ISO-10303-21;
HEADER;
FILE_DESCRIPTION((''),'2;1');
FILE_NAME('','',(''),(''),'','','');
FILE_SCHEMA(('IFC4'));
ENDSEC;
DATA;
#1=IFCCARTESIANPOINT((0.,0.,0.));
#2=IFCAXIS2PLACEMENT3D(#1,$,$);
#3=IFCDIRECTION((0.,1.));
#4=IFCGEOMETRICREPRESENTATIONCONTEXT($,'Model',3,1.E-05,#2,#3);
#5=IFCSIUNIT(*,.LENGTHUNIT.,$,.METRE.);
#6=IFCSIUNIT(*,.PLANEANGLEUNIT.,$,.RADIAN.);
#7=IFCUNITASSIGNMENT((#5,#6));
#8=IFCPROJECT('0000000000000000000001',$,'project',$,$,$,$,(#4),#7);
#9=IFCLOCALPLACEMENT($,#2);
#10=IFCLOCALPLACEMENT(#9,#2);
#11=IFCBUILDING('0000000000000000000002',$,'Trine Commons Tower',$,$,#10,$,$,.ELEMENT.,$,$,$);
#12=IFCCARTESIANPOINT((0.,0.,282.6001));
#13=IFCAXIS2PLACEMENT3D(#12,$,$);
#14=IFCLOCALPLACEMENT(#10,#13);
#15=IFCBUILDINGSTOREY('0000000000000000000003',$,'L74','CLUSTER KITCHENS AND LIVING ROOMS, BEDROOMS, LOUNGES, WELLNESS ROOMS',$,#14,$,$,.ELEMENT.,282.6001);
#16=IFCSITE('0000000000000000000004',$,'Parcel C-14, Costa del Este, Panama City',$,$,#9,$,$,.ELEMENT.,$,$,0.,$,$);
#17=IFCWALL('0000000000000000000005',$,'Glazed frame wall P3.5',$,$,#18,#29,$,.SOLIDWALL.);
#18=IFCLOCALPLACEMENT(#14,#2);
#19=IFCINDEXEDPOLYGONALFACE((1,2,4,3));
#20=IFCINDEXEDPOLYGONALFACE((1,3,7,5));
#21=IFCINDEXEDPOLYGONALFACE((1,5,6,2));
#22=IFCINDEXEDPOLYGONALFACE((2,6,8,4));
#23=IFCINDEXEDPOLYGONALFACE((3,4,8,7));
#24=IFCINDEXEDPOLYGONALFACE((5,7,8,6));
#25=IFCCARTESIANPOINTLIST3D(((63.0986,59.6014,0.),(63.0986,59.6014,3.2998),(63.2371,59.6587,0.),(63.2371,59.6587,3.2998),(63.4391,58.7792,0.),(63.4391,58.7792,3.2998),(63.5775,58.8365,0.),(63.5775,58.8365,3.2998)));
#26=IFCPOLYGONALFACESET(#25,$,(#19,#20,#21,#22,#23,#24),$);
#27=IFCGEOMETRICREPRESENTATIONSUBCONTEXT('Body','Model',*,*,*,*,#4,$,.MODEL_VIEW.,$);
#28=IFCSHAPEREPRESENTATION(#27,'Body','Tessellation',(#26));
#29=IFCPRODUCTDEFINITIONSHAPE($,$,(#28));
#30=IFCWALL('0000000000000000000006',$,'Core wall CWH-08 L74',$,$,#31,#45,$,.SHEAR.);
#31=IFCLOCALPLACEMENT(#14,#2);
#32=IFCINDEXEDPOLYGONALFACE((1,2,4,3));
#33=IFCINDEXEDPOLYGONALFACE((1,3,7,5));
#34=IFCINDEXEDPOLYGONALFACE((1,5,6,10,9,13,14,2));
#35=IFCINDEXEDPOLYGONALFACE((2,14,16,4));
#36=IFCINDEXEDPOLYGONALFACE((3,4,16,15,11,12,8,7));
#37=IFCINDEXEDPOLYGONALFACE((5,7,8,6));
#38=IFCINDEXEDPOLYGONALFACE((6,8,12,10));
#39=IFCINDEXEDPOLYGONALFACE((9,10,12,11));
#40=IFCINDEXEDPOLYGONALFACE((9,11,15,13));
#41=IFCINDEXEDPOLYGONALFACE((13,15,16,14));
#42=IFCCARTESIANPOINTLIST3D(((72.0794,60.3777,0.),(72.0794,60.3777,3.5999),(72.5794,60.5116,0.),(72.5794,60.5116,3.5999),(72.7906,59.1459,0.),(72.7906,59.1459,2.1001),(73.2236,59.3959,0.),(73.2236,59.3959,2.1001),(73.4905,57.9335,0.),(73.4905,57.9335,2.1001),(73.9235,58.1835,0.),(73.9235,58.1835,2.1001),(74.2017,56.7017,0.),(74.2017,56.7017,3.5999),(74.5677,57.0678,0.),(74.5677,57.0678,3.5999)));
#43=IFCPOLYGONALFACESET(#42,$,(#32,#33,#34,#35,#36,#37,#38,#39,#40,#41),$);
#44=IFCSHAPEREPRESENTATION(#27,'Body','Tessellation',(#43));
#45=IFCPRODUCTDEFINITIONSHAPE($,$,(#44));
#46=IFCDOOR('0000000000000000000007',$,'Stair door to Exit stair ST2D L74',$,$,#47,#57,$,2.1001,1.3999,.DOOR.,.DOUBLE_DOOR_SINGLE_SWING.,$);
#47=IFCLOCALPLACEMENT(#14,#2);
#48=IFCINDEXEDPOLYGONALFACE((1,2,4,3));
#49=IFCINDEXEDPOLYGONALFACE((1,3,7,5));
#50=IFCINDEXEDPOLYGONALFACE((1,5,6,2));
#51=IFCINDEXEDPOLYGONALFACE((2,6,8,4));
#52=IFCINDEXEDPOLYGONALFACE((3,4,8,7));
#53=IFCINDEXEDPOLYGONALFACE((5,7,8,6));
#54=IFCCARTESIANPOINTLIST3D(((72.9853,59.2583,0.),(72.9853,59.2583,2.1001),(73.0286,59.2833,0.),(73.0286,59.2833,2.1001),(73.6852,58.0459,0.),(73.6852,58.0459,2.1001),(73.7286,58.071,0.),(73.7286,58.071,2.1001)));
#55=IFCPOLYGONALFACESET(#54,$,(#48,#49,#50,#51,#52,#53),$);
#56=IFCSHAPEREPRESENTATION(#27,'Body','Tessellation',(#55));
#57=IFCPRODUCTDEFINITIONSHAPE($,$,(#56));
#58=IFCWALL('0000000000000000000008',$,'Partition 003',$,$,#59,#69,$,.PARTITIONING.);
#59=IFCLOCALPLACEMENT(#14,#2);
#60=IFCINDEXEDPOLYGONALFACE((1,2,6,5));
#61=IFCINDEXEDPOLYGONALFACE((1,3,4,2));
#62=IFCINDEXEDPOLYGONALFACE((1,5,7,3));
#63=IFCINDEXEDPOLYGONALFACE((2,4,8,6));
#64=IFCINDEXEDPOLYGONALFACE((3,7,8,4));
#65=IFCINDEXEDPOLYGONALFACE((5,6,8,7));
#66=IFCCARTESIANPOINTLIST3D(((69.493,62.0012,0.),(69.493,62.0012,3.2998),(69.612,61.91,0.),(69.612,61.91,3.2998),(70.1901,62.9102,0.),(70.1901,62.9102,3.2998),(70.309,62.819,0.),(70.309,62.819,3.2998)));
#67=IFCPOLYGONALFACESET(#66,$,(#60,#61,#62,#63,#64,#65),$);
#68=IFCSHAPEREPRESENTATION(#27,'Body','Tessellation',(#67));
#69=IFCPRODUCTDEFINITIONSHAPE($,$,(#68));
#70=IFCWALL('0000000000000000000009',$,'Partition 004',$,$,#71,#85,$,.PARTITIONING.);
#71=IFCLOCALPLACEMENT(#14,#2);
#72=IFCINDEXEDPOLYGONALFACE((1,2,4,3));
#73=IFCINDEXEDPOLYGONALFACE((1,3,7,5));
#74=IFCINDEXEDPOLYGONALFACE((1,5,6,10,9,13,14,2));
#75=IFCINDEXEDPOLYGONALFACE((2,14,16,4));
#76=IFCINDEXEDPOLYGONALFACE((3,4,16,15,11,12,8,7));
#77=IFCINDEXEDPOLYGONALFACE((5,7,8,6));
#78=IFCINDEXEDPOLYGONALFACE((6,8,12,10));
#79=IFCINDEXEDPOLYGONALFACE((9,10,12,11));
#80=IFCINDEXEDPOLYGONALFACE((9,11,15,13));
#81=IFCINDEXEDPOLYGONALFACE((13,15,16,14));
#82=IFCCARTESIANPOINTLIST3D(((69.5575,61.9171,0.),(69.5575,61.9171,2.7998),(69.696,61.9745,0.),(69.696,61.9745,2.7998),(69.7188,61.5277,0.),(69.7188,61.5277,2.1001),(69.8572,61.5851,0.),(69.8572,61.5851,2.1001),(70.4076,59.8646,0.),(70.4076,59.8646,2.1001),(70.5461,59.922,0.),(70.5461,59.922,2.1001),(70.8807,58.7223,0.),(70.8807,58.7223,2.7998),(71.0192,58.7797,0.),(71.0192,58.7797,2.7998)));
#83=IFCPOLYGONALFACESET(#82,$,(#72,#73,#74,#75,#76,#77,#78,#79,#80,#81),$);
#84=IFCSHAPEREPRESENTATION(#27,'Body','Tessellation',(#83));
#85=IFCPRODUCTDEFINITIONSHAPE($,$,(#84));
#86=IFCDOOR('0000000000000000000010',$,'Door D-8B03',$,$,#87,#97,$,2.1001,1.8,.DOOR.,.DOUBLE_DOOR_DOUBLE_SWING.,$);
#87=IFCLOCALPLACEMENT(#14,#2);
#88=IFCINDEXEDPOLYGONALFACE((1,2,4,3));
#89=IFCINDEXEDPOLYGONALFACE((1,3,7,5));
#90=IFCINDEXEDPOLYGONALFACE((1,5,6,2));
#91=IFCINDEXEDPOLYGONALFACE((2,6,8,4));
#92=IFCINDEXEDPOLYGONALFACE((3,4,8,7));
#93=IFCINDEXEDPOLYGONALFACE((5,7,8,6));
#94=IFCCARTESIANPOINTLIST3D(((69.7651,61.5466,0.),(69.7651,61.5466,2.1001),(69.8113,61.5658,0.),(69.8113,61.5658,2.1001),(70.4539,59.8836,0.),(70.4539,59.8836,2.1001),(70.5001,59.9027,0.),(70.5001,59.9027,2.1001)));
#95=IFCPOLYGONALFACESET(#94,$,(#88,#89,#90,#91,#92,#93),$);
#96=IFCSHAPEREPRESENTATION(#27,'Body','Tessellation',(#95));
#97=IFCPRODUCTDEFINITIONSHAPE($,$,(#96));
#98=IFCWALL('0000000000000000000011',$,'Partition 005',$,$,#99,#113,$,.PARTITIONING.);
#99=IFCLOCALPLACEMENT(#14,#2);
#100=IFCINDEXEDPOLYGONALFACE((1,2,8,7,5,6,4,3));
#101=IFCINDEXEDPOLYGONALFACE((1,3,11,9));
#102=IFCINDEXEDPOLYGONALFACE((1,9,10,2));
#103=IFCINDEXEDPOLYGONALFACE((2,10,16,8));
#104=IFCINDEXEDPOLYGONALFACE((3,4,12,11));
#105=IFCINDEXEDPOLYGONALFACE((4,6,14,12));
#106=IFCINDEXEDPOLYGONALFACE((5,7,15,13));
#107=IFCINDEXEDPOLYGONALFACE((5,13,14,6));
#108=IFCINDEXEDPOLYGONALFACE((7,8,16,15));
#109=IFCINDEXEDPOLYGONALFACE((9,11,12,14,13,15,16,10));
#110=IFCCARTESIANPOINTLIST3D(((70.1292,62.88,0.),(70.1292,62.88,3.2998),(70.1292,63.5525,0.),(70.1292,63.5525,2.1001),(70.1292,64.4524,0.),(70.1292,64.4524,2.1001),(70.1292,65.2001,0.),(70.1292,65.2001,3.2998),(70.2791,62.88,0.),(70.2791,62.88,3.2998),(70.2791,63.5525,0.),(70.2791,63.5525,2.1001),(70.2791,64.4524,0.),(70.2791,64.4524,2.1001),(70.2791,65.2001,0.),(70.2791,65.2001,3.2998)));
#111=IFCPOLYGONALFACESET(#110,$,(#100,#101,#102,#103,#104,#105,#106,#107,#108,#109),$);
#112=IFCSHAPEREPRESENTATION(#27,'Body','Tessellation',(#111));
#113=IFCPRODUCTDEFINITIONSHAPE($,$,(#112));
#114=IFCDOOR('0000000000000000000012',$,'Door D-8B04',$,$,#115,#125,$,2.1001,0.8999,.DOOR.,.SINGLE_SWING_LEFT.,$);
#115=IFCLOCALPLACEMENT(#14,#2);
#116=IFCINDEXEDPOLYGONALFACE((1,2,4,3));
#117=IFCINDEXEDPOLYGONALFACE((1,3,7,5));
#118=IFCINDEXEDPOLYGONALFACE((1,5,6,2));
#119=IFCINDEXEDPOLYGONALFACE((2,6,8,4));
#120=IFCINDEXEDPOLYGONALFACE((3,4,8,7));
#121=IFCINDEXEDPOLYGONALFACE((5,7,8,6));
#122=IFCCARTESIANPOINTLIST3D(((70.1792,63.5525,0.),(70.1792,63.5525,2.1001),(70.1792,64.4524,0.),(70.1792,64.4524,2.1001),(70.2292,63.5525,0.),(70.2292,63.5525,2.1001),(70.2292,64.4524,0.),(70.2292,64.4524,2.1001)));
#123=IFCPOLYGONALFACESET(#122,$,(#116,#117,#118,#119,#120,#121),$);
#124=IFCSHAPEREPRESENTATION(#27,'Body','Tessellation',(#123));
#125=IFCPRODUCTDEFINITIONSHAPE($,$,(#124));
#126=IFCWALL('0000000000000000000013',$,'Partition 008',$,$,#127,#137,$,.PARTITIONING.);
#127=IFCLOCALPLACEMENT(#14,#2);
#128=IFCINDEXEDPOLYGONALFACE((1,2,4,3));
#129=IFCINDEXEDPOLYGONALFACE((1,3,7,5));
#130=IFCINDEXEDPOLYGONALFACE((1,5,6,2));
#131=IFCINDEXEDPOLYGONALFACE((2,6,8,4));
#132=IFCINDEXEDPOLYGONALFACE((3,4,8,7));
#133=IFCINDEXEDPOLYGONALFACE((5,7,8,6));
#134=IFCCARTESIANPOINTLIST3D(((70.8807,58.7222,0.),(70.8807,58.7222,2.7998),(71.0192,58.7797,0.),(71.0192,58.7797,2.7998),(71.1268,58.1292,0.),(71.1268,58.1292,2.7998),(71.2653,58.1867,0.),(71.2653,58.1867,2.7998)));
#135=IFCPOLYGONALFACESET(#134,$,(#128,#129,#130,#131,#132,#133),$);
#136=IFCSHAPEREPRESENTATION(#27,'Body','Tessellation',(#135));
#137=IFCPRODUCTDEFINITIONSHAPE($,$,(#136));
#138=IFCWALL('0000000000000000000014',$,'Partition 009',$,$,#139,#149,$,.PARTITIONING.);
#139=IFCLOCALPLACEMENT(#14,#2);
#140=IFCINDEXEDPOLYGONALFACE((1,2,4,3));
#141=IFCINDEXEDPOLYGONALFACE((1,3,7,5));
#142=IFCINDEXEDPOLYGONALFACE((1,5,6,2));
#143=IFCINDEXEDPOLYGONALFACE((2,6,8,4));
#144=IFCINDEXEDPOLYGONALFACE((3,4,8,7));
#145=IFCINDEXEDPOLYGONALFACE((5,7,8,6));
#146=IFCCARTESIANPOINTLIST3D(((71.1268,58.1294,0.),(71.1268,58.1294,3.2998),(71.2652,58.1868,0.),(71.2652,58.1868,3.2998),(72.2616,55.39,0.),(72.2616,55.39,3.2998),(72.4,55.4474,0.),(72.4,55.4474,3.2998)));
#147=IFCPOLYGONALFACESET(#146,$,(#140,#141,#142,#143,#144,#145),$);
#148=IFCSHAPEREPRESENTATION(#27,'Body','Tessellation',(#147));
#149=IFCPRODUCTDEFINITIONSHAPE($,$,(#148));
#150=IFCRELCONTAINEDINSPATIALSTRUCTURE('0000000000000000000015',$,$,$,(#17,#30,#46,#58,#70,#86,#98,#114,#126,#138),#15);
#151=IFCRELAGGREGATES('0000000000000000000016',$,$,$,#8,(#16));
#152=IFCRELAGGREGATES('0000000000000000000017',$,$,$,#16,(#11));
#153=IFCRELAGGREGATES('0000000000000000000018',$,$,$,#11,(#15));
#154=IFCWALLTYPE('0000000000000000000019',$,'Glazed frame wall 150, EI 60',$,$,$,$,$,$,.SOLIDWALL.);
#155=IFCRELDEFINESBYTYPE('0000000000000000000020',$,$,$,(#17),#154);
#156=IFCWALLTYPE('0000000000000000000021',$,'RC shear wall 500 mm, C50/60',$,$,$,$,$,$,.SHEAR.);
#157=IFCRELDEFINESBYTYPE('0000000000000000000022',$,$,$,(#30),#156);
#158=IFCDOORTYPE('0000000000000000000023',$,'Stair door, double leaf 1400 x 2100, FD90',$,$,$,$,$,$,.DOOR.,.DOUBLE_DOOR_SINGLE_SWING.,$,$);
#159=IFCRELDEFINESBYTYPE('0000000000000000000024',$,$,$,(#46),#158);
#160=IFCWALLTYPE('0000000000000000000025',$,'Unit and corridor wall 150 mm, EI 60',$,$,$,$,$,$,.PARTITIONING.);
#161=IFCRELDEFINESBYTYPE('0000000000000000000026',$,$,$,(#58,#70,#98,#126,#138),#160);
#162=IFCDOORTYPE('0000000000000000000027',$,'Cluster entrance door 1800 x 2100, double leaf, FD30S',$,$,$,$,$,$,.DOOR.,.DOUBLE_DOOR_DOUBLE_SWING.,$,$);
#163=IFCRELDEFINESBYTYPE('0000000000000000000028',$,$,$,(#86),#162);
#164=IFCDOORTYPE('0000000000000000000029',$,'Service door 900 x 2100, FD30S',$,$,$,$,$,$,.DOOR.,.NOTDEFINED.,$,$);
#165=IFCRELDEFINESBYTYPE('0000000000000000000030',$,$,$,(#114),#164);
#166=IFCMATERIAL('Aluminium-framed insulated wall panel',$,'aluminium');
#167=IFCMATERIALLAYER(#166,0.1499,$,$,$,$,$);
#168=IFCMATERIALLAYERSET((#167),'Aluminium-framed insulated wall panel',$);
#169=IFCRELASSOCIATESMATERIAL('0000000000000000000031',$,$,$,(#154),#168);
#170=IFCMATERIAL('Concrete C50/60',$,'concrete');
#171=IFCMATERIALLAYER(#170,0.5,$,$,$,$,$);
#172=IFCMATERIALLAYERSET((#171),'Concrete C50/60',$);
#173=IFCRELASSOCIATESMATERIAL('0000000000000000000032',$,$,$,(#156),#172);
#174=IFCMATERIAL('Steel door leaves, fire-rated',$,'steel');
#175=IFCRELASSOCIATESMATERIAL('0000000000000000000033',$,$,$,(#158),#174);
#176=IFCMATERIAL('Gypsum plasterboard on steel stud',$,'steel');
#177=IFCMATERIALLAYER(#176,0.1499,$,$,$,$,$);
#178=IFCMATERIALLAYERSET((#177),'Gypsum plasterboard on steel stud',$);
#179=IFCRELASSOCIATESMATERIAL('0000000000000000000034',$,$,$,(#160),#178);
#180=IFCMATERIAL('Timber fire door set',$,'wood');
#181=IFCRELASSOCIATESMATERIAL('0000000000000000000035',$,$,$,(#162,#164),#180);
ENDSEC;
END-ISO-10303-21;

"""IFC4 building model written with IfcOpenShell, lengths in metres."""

from ifc_helpers import new_model, si_unit, direction, frame, frame_2d, origin, place, context, subcontext, project, spatial, polyline, rectangle, outline, extrude, material, layer, layer_set, type_object, element, fill, save


model = new_model("IFC4")

# Units and contexts
model_context = context("Model", 3, precision=1e-05, world=origin(), true_north=direction((0.0, 1.0)))
body_context = subcontext(model_context, "Body", "Model", "MODEL_VIEW")
ifc_project = project(units=[si_unit("LENGTHUNIT", "METRE"), si_unit("PLANEANGLEUNIT", "RADIAN")], contexts=[model_context])

# Site, building, storey
site_placement = place(None, origin())
site = spatial("IfcSite", under=ifc_project, at=site_placement, Name="Parcel C-14, Costa del Este, Panama City", CompositionType="ELEMENT", RefElevation=0.0)
building_placement = place(site_placement, origin())
building = spatial("IfcBuilding", under=site, at=building_placement, Name="Trine Commons Tower", CompositionType="ELEMENT")
storey_placement = place(building_placement, frame((0.0, 0.0, 282.6001)))
storey = spatial("IfcBuildingStorey", under=building, at=storey_placement, Name="L74", Description="CLUSTER KITCHENS AND LIVING ROOMS, BEDROOMS, LOUNGES, WELLNESS ROOMS", CompositionType="ELEMENT", Elevation=282.6001)

# Shared definitions
ifc_material_1 = material(Name="Concrete C50/60", Category="concrete")

# Shared definitions
ifc_material_2 = material(Name="Aluminium-framed insulated wall panel", Category="aluminium")
ifc_layer_1 = layer(ifc_material_2, 0.1499)
ifc_layer_set_1 = layer_set([ifc_layer_1], Name="Aluminium-framed insulated wall panel")
wall_type_1 = type_object("IfcWallType", Name="Glazed frame wall 150, EI 60", PredefinedType="SOLIDWALL", material=ifc_layer_set_1)

# Wall
wall_1_placement = place(storey_placement, frame((63.5083, 58.8079, 0.0), z_axis=(0.0, 0.0, 1.0), x_axis=(-0.382603, 0.923913, 0.0)))
element("IfcWall", 1, at=wall_1_placement, inside=storey, type_object=wall_type_1, Name="Glazed frame wall P3.5", PredefinedType="SOLIDWALL", context=body_context, shape_type="SweptSolid", body=[
    extrude(outline(polyline([(0.8899, 0.075), (0.0, 0.075), (0.0, -0.075), (0.8899, -0.075), (0.8899, 0.075)])), origin(), (0.0, 0.0, 1.0), 3.2998),
])

# Wall, opening, door
ifc_layer_2 = layer(ifc_material_1, 0.5)
ifc_layer_set_2 = layer_set([ifc_layer_2], Name="Concrete C50/60")
wall_type_2 = type_object("IfcWallType", Name="RC shear wall 500 mm, C50/60", PredefinedType="SHEAR", material=ifc_layer_set_2)
wall_2_placement = place(storey_placement, frame((72.2959, 60.5027, 0.0), z_axis=(0.0, 0.0, 1.0), x_axis=(0.499993, -0.866029, 0.0)))
wall_2 = element("IfcWall", 2, at=wall_2_placement, inside=storey, type_object=wall_type_2, Name="Core wall CWH-08 L74", PredefinedType="SHEAR", context=body_context, shape_type="SweptSolid", body=[
    extrude(outline(polyline([(0.0, -0.25), (4.2446, -0.25), (4.1106, 0.25), (0.134, 0.25), (0.0, -0.25)])), origin(), (0.0, 0.0, 1.0), 3.5999),
])
opening_1_placement = place(wall_2_placement, frame((1.4224, 0.0, 0.0)))
opening_1 = element("IfcOpeningElement", 3, at=opening_1_placement, cuts=wall_2, PredefinedType="OPENING", context=body_context, shape_type="SweptSolid", body=[
    extrude(rectangle(XDim=1.3999, YDim=2.1001, at=frame_2d((0.7, 1.05))), frame((0.0, 0.26, 0.0), z_axis=(0.0, -1.0, 0.0), x_axis=(1.0, 0.0, 0.0)), (0.0, 0.0, 1.0), 0.52),
])
ifc_material_3 = material(Name="Steel door leaves, fire-rated", Category="steel")
door_type_1 = type_object("IfcDoorType", Name="Stair door, double leaf 1400 x 2100, FD90", OperationType="DOUBLE_DOOR_SINGLE_SWING", PredefinedType="DOOR", material=ifc_material_3)
door_1_placement = place(opening_1_placement, origin())
door_1 = element("IfcDoor", 4, at=door_1_placement, inside=storey, type_object=door_type_1, Name="Stair door to Exit stair ST2D L74", OperationType="DOUBLE_DOOR_SINGLE_SWING", OverallHeight=2.1001, OverallWidth=1.3999, PredefinedType="DOOR", context=body_context, shape_type="SweptSolid", body=[
    extrude(rectangle(XDim=1.3999, YDim=2.1001, at=frame_2d((0.7, 1.05))), frame((0.0, 0.0249, 0.0), z_axis=(0.0, -1.0, 0.0), x_axis=(1.0, 0.0, 0.0)), (0.0, 0.0, 1.0), 0.05),
])
fill(opening_1, door_1)

# Wall
ifc_material_4 = material(Name="Gypsum plasterboard on steel stud", Category="steel")
ifc_layer_3 = layer(ifc_material_4, 0.1499)
ifc_layer_set_3 = layer_set([ifc_layer_3], Name="Gypsum plasterboard on steel stud")
wall_type_3 = type_object("IfcWallType", Name="Unit and corridor wall 150 mm, EI 60", PredefinedType="PARTITIONING", material=ifc_layer_set_3)
wall_3_placement = place(storey_placement, frame((69.5525, 61.9556, 0.0), z_axis=(0.0, 0.0, 1.0), x_axis=(0.608526, 0.793534, 0.0)))
element("IfcWall", 5, at=wall_3_placement, inside=storey, type_object=wall_type_3, Name="Partition 003", PredefinedType="PARTITIONING", context=body_context, shape_type="SweptSolid", body=[
    extrude(rectangle(XDim=1.1455, YDim=0.1499, at=frame_2d((0.5728, 0.0))), origin(), (0.0, 0.0, 1.0), 3.2998),
])

# Walls, openings, doors
wall_4_placement = place(storey_placement, frame((69.6267, 61.9458, 0.0), z_axis=(0.0, 0.0, 1.0), x_axis=(0.382659, -0.923889, 0.0)))
wall_4 = element("IfcWall", 6, at=wall_4_placement, inside=storey, type_object=wall_type_3, Name="Partition 004", PredefinedType="PARTITIONING", context=body_context, shape_type="SweptSolid", body=[
    extrude(rectangle(XDim=3.458, YDim=0.1499, at=frame_2d((1.729, 0.0))), origin(), (0.0, 0.0, 1.0), 2.7998),
])
opening_2_placement = place(wall_4_placement, frame((0.4216, 0.0, 0.0)))
opening_2 = element("IfcOpeningElement", 7, at=opening_2_placement, cuts=wall_4, PredefinedType="OPENING", context=body_context, shape_type="SweptSolid", body=[
    extrude(rectangle(XDim=1.8, YDim=2.1001, at=frame_2d((0.8999, 1.05))), frame((0.0, 0.085, 0.0), z_axis=(0.0, -1.0, 0.0), x_axis=(1.0, 0.0, 0.0)), (0.0, 0.0, 1.0), 0.1699),
])
ifc_material_5 = material(Name="Timber fire door set", Category="wood")
door_type_2 = type_object("IfcDoorType", Name="Cluster entrance door 1800 x 2100, double leaf, FD30S", OperationType="DOUBLE_DOOR_DOUBLE_SWING", PredefinedType="DOOR", material=ifc_material_5)
door_2_placement = place(opening_2_placement, frame((1.8, 0.0, 0.0), z_axis=(0.0, 0.0, 1.0), x_axis=(-1.0, 0.0, 0.0)))
door_2 = element("IfcDoor", 8, at=door_2_placement, inside=storey, type_object=door_type_2, Name="Door D-8B03", OperationType="DOUBLE_DOOR_DOUBLE_SWING", OverallHeight=2.1001, OverallWidth=1.8, PredefinedType="DOOR", context=body_context, shape_type="SweptSolid", body=[
    extrude(rectangle(XDim=1.8, YDim=2.1001, at=frame_2d((0.8999, 1.05))), frame((0.0, 0.0249, 0.0), z_axis=(0.0, -1.0, 0.0), x_axis=(1.0, 0.0, 0.0)), (0.0, 0.0, 1.0), 0.05),
])
fill(opening_2, door_2)
wall_5_placement = place(storey_placement, frame((70.2041, 62.8799, 0.0), z_axis=(0.0, 0.0, 1.0), x_axis=(0.0, 1.0, 0.0)))
wall_5 = element("IfcWall", 9, at=wall_5_placement, inside=storey, type_object=wall_type_3, Name="Partition 005", PredefinedType="PARTITIONING", context=body_context, shape_type="SweptSolid", body=[
    extrude(rectangle(XDim=2.3201, YDim=0.1499, at=frame_2d((1.1602, 0.0))), origin(), (0.0, 0.0, 1.0), 3.2998),
])
opening_3_placement = place(wall_5_placement, frame((0.6726, 0.0, 0.0)))
opening_3 = element("IfcOpeningElement", 10, at=opening_3_placement, cuts=wall_5, PredefinedType="OPENING", context=body_context, shape_type="SweptSolid", body=[
    extrude(rectangle(XDim=0.8999, YDim=2.1001, at=frame_2d((0.45, 1.05))), frame((0.0, 0.085, 0.0), z_axis=(0.0, -1.0, 0.0), x_axis=(1.0, 0.0, 0.0)), (0.0, 0.0, 1.0), 0.1699),
])
door_type_3 = type_object("IfcDoorType", Name="Service door 900 x 2100, FD30S", OperationType="NOTDEFINED", PredefinedType="DOOR", material=ifc_material_5)
door_3_placement = place(opening_3_placement, origin())
door_3 = element("IfcDoor", 11, at=door_3_placement, inside=storey, type_object=door_type_3, Name="Door D-8B04", OperationType="SINGLE_SWING_LEFT", OverallHeight=2.1001, OverallWidth=0.8999, PredefinedType="DOOR", context=body_context, shape_type="SweptSolid", body=[
    extrude(rectangle(XDim=0.8999, YDim=2.1001, at=frame_2d((0.45, 1.05))), frame((0.0, 0.0249, 0.0), z_axis=(0.0, -1.0, 0.0), x_axis=(1.0, 0.0, 0.0)), (0.0, 0.0, 1.0), 0.05),
])
fill(opening_3, door_3)

# Walls
wall_6_placement = place(storey_placement, frame((70.95, 58.751, 0.0), z_axis=(0.0, 0.0, 1.0), x_axis=(0.383292, -0.923627, 0.0)))
element("IfcWall", 12, at=wall_6_placement, inside=storey, type_object=wall_type_3, Name="Partition 008", PredefinedType="PARTITIONING", context=body_context, shape_type="SweptSolid", body=[
    extrude(rectangle(XDim=0.6421, YDim=0.1499, at=frame_2d((0.321, 0.0))), origin(), (0.0, 0.0, 1.0), 2.7998),
])
wall_7_placement = place(storey_placement, frame((71.196, 58.158, 0.0), z_axis=(0.0, 0.0, 1.0), x_axis=(0.38272, -0.923864, 0.0)))
element("IfcWall", 13, at=wall_7_placement, inside=storey, type_object=wall_type_3, Name="Partition 009", PredefinedType="PARTITIONING", context=body_context, shape_type="SweptSolid", body=[
    extrude(rectangle(XDim=2.9651, YDim=0.1499, at=frame_2d((1.4824, 0.0))), origin(), (0.0, 0.0, 1.0), 3.2998),
])

save(model, "model.ifc")
